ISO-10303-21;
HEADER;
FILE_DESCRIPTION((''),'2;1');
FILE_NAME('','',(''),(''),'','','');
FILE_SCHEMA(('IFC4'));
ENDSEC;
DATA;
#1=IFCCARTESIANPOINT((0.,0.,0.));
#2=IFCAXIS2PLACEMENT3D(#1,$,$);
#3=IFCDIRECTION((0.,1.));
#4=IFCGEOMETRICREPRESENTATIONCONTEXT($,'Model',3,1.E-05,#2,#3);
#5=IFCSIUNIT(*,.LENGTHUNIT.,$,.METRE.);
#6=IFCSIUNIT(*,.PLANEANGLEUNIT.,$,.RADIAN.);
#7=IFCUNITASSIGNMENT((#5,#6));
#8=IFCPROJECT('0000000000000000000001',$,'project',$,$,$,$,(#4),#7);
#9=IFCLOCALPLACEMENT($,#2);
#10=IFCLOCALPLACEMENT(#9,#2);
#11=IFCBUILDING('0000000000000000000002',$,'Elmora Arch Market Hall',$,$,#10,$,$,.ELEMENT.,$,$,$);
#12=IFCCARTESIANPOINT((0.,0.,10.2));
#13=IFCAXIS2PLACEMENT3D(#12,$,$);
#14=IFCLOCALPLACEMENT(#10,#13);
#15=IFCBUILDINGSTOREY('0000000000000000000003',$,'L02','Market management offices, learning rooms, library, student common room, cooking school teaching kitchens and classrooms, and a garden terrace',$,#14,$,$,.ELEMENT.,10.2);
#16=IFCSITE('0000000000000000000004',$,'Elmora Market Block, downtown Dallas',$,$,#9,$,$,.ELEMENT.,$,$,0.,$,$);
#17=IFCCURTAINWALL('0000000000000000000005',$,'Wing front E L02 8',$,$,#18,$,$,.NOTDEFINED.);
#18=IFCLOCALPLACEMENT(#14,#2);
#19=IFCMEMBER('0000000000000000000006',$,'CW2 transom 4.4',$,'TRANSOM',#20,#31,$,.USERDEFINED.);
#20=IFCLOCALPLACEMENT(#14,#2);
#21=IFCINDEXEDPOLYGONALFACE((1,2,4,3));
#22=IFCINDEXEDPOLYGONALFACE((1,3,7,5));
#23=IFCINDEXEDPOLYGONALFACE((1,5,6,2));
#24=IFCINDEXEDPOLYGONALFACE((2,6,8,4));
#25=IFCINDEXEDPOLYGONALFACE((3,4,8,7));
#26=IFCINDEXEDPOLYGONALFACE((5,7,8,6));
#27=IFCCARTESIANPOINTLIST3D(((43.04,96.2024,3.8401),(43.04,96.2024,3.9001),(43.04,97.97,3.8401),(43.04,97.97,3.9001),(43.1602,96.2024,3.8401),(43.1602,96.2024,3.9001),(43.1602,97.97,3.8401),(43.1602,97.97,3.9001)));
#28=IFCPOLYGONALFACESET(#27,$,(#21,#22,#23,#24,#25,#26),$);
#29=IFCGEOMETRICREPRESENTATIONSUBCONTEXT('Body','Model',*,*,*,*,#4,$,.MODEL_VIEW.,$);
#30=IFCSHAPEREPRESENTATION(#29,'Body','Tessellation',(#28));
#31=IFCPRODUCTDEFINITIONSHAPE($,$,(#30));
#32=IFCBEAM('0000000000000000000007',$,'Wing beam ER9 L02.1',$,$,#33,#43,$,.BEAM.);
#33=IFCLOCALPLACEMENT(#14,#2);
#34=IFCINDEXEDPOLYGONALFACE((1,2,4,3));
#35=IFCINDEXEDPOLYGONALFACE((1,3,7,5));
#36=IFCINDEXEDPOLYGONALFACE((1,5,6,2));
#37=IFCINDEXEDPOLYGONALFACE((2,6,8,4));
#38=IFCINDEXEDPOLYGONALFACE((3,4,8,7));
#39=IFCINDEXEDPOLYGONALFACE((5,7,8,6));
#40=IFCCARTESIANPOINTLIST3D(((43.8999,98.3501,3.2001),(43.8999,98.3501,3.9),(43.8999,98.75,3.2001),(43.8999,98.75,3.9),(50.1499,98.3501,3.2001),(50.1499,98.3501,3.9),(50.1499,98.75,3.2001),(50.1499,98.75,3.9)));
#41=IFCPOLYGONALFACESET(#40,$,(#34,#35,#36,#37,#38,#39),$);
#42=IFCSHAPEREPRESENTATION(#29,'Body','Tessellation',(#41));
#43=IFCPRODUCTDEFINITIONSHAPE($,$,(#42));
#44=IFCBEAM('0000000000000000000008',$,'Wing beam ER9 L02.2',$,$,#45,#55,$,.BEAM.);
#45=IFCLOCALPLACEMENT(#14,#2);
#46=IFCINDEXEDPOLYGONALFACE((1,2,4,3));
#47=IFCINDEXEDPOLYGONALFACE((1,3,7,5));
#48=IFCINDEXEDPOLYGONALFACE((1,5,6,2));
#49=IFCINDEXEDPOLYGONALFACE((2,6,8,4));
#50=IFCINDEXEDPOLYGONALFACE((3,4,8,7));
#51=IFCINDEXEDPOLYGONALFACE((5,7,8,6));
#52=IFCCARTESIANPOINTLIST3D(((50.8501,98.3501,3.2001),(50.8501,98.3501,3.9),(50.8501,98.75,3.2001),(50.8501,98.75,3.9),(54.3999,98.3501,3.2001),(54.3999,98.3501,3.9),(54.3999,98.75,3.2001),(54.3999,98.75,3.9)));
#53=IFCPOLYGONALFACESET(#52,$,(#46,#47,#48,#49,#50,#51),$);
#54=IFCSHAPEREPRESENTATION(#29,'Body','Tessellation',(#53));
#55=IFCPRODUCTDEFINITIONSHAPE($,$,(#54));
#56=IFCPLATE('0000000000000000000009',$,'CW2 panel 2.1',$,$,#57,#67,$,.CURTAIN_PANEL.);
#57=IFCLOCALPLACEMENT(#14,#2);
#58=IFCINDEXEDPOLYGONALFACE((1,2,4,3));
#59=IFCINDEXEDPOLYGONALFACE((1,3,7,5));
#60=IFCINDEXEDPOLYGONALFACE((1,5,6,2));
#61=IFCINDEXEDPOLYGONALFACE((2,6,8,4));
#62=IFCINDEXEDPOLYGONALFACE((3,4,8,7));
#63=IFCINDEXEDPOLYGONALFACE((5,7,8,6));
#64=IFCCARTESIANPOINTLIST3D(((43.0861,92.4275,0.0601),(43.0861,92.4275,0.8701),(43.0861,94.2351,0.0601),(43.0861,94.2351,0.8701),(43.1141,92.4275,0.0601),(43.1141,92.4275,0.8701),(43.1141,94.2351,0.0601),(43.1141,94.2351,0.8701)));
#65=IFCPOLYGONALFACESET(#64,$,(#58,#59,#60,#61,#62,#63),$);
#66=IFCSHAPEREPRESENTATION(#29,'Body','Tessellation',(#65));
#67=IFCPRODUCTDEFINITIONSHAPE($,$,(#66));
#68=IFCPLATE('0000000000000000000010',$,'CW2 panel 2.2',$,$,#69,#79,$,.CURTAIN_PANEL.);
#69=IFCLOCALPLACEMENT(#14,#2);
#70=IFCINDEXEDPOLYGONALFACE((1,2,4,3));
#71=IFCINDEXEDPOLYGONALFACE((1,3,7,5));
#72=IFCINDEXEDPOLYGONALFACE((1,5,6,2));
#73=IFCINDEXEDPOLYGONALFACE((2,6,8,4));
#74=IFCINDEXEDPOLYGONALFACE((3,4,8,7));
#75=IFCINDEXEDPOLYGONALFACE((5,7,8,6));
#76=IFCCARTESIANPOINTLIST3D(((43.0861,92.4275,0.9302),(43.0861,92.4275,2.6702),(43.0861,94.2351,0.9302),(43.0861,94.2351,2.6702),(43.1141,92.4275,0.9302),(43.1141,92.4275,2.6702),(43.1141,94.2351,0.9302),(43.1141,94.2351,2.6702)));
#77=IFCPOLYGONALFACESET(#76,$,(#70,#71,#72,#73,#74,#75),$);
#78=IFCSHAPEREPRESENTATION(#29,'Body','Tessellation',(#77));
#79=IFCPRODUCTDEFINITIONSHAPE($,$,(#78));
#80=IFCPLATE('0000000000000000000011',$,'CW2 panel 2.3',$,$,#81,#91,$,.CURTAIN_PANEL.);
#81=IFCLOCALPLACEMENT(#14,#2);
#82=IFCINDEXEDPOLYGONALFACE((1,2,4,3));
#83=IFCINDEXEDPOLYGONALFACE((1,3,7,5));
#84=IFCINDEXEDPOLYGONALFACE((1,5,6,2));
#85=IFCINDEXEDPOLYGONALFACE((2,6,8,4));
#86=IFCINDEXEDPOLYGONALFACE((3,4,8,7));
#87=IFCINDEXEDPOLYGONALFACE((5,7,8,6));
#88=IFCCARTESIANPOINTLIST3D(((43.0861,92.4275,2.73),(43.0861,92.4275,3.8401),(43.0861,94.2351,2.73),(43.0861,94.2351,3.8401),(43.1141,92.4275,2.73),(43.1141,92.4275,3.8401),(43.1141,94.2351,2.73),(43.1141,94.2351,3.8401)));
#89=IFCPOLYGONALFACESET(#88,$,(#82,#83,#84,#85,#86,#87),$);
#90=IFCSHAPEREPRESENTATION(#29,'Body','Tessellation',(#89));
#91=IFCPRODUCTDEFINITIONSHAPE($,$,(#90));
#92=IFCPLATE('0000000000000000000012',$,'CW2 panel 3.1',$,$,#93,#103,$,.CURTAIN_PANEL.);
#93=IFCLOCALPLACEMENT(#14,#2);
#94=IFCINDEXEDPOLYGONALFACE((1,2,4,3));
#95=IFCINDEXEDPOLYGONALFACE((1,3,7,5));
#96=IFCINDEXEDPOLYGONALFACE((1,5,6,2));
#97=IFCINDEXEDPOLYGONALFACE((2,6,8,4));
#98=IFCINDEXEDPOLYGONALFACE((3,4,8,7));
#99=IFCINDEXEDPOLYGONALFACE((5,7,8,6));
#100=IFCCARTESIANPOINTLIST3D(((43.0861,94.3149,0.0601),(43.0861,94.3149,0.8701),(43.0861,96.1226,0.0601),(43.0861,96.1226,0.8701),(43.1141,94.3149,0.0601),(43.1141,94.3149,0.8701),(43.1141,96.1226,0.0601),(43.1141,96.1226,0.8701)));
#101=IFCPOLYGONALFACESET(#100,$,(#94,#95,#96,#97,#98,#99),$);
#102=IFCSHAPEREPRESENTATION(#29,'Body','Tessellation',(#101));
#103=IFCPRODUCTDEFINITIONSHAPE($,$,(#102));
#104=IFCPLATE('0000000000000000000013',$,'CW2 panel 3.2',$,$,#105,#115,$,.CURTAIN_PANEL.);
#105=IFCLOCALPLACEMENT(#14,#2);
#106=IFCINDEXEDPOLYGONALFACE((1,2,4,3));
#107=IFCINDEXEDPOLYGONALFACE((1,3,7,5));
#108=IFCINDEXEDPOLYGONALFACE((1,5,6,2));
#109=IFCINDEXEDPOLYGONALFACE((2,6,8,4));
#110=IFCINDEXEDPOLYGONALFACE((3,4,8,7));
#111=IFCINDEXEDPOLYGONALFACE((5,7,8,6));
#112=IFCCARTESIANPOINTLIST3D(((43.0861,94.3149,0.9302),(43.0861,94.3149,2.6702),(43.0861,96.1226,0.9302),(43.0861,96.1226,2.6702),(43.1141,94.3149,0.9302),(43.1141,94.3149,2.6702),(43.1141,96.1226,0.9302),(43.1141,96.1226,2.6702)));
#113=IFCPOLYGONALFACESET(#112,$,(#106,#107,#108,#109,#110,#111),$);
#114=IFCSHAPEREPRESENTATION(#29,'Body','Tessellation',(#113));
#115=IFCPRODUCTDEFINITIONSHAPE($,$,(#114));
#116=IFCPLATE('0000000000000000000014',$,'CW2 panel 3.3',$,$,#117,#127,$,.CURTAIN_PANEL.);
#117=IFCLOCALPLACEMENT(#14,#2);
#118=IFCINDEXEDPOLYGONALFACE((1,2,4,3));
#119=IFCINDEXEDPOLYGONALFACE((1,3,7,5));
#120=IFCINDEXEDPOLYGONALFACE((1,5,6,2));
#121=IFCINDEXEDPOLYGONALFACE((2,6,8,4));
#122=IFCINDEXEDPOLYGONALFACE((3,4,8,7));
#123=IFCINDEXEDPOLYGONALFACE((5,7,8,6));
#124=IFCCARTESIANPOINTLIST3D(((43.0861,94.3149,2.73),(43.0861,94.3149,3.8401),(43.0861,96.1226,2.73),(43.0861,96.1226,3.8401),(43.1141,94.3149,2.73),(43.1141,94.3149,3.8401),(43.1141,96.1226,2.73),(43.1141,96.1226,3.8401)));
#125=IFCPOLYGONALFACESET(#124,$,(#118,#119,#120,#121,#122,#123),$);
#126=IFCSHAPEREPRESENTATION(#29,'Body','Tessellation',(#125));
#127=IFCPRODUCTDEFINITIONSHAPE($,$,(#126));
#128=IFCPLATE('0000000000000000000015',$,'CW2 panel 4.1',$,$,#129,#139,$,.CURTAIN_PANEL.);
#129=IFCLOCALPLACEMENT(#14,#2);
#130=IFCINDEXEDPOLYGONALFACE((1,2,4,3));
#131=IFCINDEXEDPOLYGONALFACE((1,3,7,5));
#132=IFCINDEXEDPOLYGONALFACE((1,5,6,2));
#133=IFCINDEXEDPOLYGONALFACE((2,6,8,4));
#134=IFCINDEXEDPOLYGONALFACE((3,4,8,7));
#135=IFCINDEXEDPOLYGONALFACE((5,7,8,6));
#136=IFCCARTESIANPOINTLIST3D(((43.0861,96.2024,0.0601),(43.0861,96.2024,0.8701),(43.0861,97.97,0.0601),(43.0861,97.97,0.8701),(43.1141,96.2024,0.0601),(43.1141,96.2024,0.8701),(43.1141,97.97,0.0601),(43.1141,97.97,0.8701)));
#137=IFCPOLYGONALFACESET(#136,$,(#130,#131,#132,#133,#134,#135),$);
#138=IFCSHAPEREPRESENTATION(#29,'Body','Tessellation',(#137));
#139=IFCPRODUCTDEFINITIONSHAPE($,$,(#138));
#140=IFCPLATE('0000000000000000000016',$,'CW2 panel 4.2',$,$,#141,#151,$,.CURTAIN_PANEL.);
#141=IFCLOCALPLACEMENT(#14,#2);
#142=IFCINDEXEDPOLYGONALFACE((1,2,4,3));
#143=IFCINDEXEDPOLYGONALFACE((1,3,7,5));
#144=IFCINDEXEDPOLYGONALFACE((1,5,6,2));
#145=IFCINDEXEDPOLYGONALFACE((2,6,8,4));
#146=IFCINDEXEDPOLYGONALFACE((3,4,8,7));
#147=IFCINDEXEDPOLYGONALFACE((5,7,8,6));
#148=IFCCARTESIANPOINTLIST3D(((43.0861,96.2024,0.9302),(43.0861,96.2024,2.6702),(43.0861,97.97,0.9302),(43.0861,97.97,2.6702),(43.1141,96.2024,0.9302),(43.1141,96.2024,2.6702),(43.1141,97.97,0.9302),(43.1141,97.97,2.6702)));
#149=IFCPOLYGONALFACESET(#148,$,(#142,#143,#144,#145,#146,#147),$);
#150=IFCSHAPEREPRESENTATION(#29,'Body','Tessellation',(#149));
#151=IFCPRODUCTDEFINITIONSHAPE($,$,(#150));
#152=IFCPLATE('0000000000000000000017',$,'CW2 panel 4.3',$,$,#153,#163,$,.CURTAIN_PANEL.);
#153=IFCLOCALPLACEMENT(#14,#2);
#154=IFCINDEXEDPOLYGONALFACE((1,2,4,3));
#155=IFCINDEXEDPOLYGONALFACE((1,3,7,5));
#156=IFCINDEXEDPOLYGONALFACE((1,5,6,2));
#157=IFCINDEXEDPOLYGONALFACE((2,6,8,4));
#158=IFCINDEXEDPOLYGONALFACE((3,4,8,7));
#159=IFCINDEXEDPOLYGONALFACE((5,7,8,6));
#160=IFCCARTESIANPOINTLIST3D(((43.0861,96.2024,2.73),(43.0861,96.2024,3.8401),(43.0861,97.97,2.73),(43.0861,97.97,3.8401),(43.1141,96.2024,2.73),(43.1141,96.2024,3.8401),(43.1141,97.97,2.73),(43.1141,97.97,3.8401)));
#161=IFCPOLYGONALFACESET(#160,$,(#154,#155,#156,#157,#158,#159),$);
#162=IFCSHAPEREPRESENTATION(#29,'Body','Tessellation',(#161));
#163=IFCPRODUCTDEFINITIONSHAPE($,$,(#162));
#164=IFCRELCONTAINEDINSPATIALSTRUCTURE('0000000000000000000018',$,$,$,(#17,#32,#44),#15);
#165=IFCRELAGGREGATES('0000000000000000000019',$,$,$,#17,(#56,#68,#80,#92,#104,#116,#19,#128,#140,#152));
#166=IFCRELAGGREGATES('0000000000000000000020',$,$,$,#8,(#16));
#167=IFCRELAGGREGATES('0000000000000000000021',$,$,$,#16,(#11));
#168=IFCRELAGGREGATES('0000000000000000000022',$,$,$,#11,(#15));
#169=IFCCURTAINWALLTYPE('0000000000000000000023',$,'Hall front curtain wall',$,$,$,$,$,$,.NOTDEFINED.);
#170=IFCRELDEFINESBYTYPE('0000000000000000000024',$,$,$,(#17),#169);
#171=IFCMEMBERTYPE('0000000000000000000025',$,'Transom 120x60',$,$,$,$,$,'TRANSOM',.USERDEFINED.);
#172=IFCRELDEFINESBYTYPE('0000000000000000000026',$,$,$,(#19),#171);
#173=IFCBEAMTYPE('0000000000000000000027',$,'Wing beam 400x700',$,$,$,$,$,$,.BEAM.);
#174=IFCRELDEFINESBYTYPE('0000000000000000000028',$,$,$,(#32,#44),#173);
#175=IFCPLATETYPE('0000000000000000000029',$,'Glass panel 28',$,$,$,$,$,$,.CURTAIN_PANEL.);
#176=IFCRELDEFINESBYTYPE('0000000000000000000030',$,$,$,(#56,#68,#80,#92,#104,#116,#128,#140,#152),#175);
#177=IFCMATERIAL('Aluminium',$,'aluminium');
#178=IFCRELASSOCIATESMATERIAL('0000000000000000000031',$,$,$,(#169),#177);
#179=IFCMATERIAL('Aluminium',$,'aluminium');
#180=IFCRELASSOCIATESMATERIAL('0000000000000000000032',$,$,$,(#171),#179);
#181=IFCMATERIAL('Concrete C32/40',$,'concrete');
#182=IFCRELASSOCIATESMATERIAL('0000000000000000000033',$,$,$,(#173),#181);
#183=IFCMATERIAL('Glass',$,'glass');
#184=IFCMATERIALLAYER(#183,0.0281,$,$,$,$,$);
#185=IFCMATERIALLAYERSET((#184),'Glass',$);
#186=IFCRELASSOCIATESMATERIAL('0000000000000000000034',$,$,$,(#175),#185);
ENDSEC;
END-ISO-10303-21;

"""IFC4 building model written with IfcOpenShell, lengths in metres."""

from ifc_helpers import new_model, si_unit, direction, frame, origin, origin_2d, place, context, subcontext, project, spatial, rectangle, extrude, material, layer, layer_set, material_profile, profile_set, type_object, element, aggregate, save


model = new_model("IFC4")

# Units and contexts
model_context = context("Model", 3, precision=1e-05, world=origin(), true_north=direction((0.0, 1.0)))
body_context = subcontext(model_context, "Body", "Model", "MODEL_VIEW")
ifc_project = project(units=[si_unit("LENGTHUNIT", "METRE"), si_unit("PLANEANGLEUNIT", "RADIAN")], contexts=[model_context])

# Site, building, storey
site_placement = place(None, origin())
site = spatial("IfcSite", under=ifc_project, at=site_placement, Name="Elmora Market Block, downtown Dallas", CompositionType="ELEMENT", RefElevation=0.0)
building_placement = place(site_placement, origin())
building = spatial("IfcBuilding", under=site, at=building_placement, Name="Elmora Arch Market Hall", CompositionType="ELEMENT")
storey_placement = place(building_placement, frame((0.0, 0.0, 10.2)))
storey = spatial("IfcBuildingStorey", under=building, at=storey_placement, Name="L02", Description="Market management offices, learning rooms, library, student common room, cooking school teaching kitchens and classrooms, and a garden terrace", CompositionType="ELEMENT", Elevation=10.2)

# Curtain wall
ifc_material_1 = material(Name="Aluminium", Category="aluminium")
curtain_wall_type = type_object("IfcCurtainWallType", Name="Hall front curtain wall", PredefinedType="NOTDEFINED", material=ifc_material_1)
curtain_wall_placement = place(storey_placement, origin())
curtain_wall = element("IfcCurtainWall", 1, at=curtain_wall_placement, inside=storey, type_object=curtain_wall_type, Name="Wing front E L02 8", PredefinedType="NOTDEFINED")

# Member
ifc_material_2 = material(Name="Aluminium", Category="aluminium")
ifc_material_profile_1 = material_profile(ifc_material_2, rectangle(XDim=0.1201, YDim=0.0601, at=origin_2d()), Name="AL 120x60")
ifc_profile_set_1 = profile_set([ifc_material_profile_1], Name="Aluminium")
member_type_1 = type_object("IfcMemberType", Name="Transom 120x60", ElementType="TRANSOM", PredefinedType="USERDEFINED", material=ifc_profile_set_1)
member_1_placement = place(storey_placement, frame((43.1001, 96.2024, 3.8701), z_axis=(0.0, 1.0, 0.0), x_axis=(-1.0, 0.0, 0.0)))
member_1 = element("IfcMember", 2, at=member_1_placement, type_object=member_type_1, Name="CW2 transom 4.4", ObjectType="TRANSOM", PredefinedType="USERDEFINED", context=body_context, shape_type="SweptSolid", body=[
    extrude(rectangle(XDim=0.1201, YDim=0.0601, at=origin_2d()), origin(), (0.0, 0.0, 1.0), 1.7676),
])

# Beams
ifc_material_3 = material(Name="Concrete C32/40", Category="concrete")
ifc_material_profile_2 = material_profile(ifc_material_3, rectangle(XDim=0.3999, YDim=0.7, at=origin_2d()), Name="Wing beam 400x700")
ifc_profile_set_2 = profile_set([ifc_material_profile_2], Name="Concrete C32/40")
beam_type = type_object("IfcBeamType", Name="Wing beam 400x700", PredefinedType="BEAM", material=ifc_profile_set_2)
beam_1_placement = place(storey_placement, frame((43.8999, 98.55, 3.55), z_axis=(1.0, 0.0, 0.0), x_axis=(0.0, 1.0, 0.0)))
element("IfcBeam", 3, at=beam_1_placement, inside=storey, type_object=beam_type, Name="Wing beam ER9 L02.1", PredefinedType="BEAM", context=body_context, shape_type="SweptSolid", body=[
    extrude(rectangle(XDim=0.3999, YDim=0.7, at=origin_2d()), origin(), (0.0, 0.0, 1.0), 6.25),
])
beam_2_placement = place(storey_placement, frame((50.8501, 98.55, 3.55), z_axis=(1.0, 0.0, 0.0), x_axis=(0.0, 1.0, 0.0)))
element("IfcBeam", 4, at=beam_2_placement, inside=storey, type_object=beam_type, Name="Wing beam ER9 L02.2", PredefinedType="BEAM", context=body_context, shape_type="SweptSolid", body=[
    extrude(rectangle(XDim=0.3999, YDim=0.7, at=origin_2d()), origin(), (0.0, 0.0, 1.0), 3.5498),
])

# Plates
ifc_material_4 = material(Name="Glass", Category="glass")
ifc_layer_1 = layer(ifc_material_4, 0.0281)
ifc_layer_set_1 = layer_set([ifc_layer_1], Name="Glass")
plate_type = type_object("IfcPlateType", Name="Glass panel 28", PredefinedType="CURTAIN_PANEL", material=ifc_layer_set_1)
plate_1_placement = place(storey_placement, frame((43.1001, 93.3313, 0.0601), z_axis=(0.0, 0.0, 1.0), x_axis=(0.0, 1.0, 0.0)))
plate_1 = element("IfcPlate", 5, at=plate_1_placement, type_object=plate_type, Name="CW2 panel 2.1", PredefinedType="CURTAIN_PANEL", context=body_context, shape_type="SweptSolid", body=[
    extrude(rectangle(XDim=1.8076, YDim=0.0281, at=origin_2d()), origin(), (0.0, 0.0, 1.0), 0.8101),
])
plate_2_placement = place(storey_placement, frame((43.1001, 93.3313, 0.9302), z_axis=(0.0, 0.0, 1.0), x_axis=(0.0, 1.0, 0.0)))
plate_2 = element("IfcPlate", 6, at=plate_2_placement, type_object=plate_type, Name="CW2 panel 2.2", PredefinedType="CURTAIN_PANEL", context=body_context, shape_type="SweptSolid", body=[
    extrude(rectangle(XDim=1.8076, YDim=0.0281, at=origin_2d()), origin(), (0.0, 0.0, 1.0), 1.74),
])
plate_3_placement = place(storey_placement, frame((43.1001, 93.3313, 2.73), z_axis=(0.0, 0.0, 1.0), x_axis=(0.0, 1.0, 0.0)))
plate_3 = element("IfcPlate", 7, at=plate_3_placement, type_object=plate_type, Name="CW2 panel 2.3", PredefinedType="CURTAIN_PANEL", context=body_context, shape_type="SweptSolid", body=[
    extrude(rectangle(XDim=1.8076, YDim=0.0281, at=origin_2d()), origin(), (0.0, 0.0, 1.0), 1.1101),
])
plate_4_placement = place(storey_placement, frame((43.1001, 95.2188, 0.0601), z_axis=(0.0, 0.0, 1.0), x_axis=(0.0, 1.0, 0.0)))
plate_4 = element("IfcPlate", 8, at=plate_4_placement, type_object=plate_type, Name="CW2 panel 3.1", PredefinedType="CURTAIN_PANEL", context=body_context, shape_type="SweptSolid", body=[
    extrude(rectangle(XDim=1.8076, YDim=0.0281, at=origin_2d()), origin(), (0.0, 0.0, 1.0), 0.8101),
])
plate_5_placement = place(storey_placement, frame((43.1001, 95.2188, 0.9302), z_axis=(0.0, 0.0, 1.0), x_axis=(0.0, 1.0, 0.0)))
plate_5 = element("IfcPlate", 9, at=plate_5_placement, type_object=plate_type, Name="CW2 panel 3.2", PredefinedType="CURTAIN_PANEL", context=body_context, shape_type="SweptSolid", body=[
    extrude(rectangle(XDim=1.8076, YDim=0.0281, at=origin_2d()), origin(), (0.0, 0.0, 1.0), 1.74),
])
plate_6_placement = place(storey_placement, frame((43.1001, 95.2188, 2.73), z_axis=(0.0, 0.0, 1.0), x_axis=(0.0, 1.0, 0.0)))
plate_6 = element("IfcPlate", 10, at=plate_6_placement, type_object=plate_type, Name="CW2 panel 3.3", PredefinedType="CURTAIN_PANEL", context=body_context, shape_type="SweptSolid", body=[
    extrude(rectangle(XDim=1.8076, YDim=0.0281, at=origin_2d()), origin(), (0.0, 0.0, 1.0), 1.1101),
])
plate_7_placement = place(storey_placement, frame((43.1001, 97.0862, 0.0601), z_axis=(0.0, 0.0, 1.0), x_axis=(0.0, 1.0, 0.0)))
plate_7 = element("IfcPlate", 11, at=plate_7_placement, type_object=plate_type, Name="CW2 panel 4.1", PredefinedType="CURTAIN_PANEL", context=body_context, shape_type="SweptSolid", body=[
    extrude(rectangle(XDim=1.7676, YDim=0.0281, at=origin_2d()), origin(), (0.0, 0.0, 1.0), 0.8101),
])
plate_8_placement = place(storey_placement, frame((43.1001, 97.0862, 0.9302), z_axis=(0.0, 0.0, 1.0), x_axis=(0.0, 1.0, 0.0)))
plate_8 = element("IfcPlate", 12, at=plate_8_placement, type_object=plate_type, Name="CW2 panel 4.2", PredefinedType="CURTAIN_PANEL", context=body_context, shape_type="SweptSolid", body=[
    extrude(rectangle(XDim=1.7676, YDim=0.0281, at=origin_2d()), origin(), (0.0, 0.0, 1.0), 1.74),
])
plate_9_placement = place(storey_placement, frame((43.1001, 97.0862, 2.73), z_axis=(0.0, 0.0, 1.0), x_axis=(0.0, 1.0, 0.0)))
plate_9 = element("IfcPlate", 13, at=plate_9_placement, type_object=plate_type, Name="CW2 panel 4.3", PredefinedType="CURTAIN_PANEL", context=body_context, shape_type="SweptSolid", body=[
    extrude(rectangle(XDim=1.7676, YDim=0.0281, at=origin_2d()), origin(), (0.0, 0.0, 1.0), 1.1101),
])
aggregate(curtain_wall, [plate_1, plate_2, plate_3, plate_4, plate_5, plate_6, member_1, plate_7, plate_8, plate_9])

save(model, "model.ifc")
